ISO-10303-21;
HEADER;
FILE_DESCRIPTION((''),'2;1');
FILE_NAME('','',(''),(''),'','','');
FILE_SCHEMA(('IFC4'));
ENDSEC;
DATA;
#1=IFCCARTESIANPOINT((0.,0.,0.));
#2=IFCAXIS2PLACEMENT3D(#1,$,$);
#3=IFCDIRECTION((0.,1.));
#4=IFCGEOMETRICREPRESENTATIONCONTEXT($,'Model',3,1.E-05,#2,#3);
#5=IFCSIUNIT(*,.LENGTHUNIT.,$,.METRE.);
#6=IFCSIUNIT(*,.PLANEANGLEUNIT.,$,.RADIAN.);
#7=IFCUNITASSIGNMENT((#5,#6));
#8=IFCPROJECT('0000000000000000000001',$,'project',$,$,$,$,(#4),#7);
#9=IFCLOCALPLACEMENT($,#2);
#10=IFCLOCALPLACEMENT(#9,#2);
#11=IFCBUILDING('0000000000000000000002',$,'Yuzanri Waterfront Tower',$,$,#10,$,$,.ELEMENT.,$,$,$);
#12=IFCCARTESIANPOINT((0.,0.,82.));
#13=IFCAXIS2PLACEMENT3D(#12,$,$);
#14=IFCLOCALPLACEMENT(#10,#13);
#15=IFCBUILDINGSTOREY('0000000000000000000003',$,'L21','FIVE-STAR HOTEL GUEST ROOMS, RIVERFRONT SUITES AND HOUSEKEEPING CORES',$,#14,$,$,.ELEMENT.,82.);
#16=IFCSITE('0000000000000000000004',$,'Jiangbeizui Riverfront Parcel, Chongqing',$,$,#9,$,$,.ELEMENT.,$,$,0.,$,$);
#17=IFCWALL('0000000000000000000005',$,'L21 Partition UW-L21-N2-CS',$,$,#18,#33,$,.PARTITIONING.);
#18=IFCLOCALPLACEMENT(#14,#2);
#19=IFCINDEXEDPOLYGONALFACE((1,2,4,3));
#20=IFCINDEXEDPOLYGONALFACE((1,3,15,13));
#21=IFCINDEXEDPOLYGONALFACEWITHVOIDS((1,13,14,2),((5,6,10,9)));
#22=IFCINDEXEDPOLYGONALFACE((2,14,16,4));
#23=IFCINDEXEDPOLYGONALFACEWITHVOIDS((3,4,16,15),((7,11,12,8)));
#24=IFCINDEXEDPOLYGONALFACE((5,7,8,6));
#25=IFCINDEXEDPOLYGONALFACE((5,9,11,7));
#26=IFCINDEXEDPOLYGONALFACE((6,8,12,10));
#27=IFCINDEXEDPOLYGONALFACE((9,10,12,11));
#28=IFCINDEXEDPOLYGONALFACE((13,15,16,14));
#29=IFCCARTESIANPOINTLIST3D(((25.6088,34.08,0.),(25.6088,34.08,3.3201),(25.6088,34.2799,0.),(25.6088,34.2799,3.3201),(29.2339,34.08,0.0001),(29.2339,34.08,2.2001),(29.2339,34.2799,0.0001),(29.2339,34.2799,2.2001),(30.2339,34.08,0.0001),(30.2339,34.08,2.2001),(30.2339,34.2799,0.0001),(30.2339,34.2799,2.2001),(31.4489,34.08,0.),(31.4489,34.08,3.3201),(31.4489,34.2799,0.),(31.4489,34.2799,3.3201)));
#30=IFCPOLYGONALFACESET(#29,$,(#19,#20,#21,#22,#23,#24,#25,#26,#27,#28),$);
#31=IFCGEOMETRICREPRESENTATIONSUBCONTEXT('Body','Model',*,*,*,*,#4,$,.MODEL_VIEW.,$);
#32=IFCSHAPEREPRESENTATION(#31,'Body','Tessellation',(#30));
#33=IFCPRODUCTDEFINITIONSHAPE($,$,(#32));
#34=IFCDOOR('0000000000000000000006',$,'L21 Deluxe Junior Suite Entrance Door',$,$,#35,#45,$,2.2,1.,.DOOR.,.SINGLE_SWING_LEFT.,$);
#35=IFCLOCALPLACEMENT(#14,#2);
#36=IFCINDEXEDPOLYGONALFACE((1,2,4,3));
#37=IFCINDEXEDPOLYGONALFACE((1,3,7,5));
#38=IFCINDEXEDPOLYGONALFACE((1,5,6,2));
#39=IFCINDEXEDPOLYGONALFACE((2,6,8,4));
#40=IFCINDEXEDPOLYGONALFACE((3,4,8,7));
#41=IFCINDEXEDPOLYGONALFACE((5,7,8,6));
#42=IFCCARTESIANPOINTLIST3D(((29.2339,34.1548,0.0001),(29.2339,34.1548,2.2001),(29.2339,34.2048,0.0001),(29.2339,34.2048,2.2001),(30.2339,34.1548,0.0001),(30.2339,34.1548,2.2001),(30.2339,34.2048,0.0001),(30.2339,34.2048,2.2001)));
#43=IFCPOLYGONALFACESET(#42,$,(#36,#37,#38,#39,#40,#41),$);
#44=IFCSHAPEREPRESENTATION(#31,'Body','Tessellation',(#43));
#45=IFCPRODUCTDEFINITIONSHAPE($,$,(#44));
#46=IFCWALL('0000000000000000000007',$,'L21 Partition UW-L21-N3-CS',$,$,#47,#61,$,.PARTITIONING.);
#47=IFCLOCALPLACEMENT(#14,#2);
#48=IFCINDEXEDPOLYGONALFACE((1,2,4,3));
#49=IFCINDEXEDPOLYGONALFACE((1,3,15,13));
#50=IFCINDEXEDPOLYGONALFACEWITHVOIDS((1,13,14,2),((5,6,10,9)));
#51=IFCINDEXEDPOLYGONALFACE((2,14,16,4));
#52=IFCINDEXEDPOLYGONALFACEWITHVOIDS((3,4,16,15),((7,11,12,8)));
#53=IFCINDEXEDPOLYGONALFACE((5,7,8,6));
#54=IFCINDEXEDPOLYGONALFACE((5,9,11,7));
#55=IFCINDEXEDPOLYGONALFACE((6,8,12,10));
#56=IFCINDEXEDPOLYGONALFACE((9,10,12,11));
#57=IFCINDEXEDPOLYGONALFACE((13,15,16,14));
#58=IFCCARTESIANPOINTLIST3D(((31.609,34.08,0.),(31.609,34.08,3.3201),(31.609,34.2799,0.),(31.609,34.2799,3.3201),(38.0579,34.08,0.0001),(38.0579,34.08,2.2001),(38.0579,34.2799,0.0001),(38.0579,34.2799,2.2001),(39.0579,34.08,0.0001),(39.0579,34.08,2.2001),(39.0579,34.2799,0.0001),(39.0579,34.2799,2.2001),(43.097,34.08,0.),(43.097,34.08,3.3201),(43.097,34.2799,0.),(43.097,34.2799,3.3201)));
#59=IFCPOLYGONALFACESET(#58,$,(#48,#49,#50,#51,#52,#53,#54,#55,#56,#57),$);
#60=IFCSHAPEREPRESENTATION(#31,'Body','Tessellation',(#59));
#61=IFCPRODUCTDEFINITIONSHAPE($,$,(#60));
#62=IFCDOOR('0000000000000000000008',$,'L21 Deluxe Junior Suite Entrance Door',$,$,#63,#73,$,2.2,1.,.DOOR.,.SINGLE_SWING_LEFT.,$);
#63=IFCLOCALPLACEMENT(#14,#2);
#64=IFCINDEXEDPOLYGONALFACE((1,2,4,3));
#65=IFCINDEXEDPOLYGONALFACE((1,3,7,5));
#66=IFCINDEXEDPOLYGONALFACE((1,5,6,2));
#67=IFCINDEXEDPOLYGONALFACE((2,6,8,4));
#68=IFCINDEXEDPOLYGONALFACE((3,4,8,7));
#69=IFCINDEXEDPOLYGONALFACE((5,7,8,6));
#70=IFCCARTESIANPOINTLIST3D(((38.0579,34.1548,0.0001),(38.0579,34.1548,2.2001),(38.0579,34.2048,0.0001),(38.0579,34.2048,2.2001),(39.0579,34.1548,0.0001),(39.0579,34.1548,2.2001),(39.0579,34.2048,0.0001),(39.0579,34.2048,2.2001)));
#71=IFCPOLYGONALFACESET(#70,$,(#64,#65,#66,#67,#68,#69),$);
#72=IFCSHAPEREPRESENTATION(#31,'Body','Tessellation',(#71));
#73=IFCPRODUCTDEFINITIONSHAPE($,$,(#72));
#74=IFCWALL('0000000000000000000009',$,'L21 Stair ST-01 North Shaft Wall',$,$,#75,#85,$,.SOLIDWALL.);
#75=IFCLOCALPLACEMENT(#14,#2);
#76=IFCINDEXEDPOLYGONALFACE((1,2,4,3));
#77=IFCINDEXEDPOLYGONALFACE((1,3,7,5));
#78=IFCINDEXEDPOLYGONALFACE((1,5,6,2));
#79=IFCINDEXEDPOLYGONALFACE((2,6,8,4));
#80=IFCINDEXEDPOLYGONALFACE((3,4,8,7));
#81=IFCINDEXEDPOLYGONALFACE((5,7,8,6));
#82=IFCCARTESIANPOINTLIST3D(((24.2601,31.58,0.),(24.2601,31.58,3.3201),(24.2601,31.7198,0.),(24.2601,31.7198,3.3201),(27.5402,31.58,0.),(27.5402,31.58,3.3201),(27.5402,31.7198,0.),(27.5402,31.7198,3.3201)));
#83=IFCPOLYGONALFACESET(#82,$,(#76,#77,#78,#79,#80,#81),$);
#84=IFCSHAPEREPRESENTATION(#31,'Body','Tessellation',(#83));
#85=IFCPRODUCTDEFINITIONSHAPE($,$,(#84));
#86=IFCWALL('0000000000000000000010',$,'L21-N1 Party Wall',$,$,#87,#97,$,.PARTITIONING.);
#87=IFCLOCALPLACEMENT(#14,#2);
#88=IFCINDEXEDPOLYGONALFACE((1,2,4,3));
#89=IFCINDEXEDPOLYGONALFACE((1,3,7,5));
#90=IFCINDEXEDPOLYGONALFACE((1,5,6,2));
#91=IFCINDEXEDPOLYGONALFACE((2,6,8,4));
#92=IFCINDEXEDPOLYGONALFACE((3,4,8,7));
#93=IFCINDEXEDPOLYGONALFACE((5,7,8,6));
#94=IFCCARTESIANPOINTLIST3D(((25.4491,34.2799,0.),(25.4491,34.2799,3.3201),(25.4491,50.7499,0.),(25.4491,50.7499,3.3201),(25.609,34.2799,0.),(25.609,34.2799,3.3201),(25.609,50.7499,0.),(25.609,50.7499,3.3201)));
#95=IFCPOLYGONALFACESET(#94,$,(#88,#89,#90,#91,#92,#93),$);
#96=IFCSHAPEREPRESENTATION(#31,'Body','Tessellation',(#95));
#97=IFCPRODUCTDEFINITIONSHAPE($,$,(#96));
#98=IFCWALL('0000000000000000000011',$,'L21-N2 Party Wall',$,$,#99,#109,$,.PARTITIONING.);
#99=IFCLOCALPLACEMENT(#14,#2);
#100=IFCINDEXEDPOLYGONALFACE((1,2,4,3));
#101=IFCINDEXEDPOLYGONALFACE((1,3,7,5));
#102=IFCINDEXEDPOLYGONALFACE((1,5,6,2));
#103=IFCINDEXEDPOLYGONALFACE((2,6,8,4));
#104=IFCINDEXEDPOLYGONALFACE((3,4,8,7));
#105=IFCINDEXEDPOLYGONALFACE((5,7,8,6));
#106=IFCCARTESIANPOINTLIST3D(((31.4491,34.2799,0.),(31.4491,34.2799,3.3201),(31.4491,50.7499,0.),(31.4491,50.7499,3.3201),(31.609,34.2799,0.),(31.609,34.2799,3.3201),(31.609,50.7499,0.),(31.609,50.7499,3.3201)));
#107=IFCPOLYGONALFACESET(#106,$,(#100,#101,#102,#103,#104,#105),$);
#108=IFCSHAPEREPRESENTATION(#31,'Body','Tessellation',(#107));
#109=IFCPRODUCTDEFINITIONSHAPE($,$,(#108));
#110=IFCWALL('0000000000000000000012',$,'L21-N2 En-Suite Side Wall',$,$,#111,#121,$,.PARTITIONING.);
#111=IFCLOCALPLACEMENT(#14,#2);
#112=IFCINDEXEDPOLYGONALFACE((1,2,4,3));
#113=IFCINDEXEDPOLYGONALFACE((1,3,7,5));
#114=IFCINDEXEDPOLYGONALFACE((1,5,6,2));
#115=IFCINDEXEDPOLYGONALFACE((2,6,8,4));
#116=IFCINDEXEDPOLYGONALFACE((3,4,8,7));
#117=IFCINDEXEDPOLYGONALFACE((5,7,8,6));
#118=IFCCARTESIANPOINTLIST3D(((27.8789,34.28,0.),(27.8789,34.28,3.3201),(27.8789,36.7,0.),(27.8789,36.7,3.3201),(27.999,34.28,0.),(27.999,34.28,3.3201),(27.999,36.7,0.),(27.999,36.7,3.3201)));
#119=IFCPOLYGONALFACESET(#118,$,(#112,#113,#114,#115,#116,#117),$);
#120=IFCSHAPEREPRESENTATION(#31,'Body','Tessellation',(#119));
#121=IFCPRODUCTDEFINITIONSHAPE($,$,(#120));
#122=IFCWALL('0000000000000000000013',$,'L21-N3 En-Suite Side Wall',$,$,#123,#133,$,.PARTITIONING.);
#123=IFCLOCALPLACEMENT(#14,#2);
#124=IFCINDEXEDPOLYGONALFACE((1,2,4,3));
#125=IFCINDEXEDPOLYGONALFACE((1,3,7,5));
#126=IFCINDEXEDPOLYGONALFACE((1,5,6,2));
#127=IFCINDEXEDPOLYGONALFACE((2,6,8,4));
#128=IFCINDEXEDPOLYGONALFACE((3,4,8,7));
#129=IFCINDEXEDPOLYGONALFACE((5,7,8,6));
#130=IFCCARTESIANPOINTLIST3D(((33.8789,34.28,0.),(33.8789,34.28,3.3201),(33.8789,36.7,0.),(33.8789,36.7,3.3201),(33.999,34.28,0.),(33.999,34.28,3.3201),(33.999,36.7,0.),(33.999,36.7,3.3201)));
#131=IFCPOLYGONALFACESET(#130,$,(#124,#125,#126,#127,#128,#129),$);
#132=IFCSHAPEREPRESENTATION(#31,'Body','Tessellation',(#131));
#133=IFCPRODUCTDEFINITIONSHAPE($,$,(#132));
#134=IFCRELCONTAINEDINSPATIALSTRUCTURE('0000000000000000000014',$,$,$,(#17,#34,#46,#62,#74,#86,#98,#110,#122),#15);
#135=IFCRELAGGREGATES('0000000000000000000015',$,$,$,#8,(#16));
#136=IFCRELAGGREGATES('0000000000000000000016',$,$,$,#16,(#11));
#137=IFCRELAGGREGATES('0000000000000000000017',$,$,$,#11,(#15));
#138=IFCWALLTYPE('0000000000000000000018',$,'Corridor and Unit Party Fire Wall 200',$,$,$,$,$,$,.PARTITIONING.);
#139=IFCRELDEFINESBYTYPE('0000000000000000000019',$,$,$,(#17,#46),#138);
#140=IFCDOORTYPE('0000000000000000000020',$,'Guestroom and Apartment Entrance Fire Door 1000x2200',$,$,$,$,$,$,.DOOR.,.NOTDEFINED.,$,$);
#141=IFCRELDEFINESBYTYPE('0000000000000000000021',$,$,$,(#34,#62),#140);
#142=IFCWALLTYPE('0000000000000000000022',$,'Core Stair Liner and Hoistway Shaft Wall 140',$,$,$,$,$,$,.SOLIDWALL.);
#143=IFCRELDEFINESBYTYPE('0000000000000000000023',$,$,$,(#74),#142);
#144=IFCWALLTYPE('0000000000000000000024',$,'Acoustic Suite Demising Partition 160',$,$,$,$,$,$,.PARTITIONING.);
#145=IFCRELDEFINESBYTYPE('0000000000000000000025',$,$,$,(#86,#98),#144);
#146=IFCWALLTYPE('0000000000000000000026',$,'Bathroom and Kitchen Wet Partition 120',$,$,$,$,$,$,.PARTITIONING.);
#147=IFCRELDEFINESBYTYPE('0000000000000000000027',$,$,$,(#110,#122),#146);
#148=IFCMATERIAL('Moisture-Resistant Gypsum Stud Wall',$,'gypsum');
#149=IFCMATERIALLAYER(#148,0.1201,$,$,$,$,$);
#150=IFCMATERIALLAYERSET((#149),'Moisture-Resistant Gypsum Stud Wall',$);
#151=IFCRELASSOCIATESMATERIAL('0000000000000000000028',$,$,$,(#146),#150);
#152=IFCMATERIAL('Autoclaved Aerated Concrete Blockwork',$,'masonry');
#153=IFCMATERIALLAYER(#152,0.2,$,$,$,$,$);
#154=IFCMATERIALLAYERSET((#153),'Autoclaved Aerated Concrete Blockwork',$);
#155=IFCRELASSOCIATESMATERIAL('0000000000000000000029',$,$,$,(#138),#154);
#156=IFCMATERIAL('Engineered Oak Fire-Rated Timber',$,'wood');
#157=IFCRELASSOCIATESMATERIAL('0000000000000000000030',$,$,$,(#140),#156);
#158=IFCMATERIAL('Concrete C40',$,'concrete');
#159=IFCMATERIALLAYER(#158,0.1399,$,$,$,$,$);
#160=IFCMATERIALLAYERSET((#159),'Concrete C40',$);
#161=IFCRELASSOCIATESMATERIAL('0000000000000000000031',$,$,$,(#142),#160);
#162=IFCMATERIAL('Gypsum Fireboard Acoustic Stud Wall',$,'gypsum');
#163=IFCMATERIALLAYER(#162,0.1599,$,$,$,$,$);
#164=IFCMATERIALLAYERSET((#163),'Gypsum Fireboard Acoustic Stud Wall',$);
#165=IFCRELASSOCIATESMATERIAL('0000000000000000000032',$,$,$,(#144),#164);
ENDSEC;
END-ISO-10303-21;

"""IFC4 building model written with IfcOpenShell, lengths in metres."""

from ifc_helpers import new_model, si_unit, direction, frame, frame_2d, origin, place, context, subcontext, project, spatial, rectangle, extrude, source, transform, mapped, material, layer, layer_set, type_object, element, fill, save


model = new_model("IFC4")

# Units and contexts
model_context = context("Model", 3, precision=1e-05, world=origin(), true_north=direction((0.0, 1.0)))
body_context = subcontext(model_context, "Body", "Model", "MODEL_VIEW")
ifc_project = project(units=[si_unit("LENGTHUNIT", "METRE"), si_unit("PLANEANGLEUNIT", "RADIAN")], contexts=[model_context])

# Site, building, storey
site_placement = place(None, origin())
site = spatial("IfcSite", under=ifc_project, at=site_placement, Name="Jiangbeizui Riverfront Parcel, Chongqing", CompositionType="ELEMENT", RefElevation=0.0)
building_placement = place(site_placement, origin())
building = spatial("IfcBuilding", under=site, at=building_placement, Name="Yuzanri Waterfront Tower", CompositionType="ELEMENT")
storey_placement = place(building_placement, frame((0.0, 0.0, 82.0)))
storey = spatial("IfcBuildingStorey", under=building, at=storey_placement, Name="L21", Description="FIVE-STAR HOTEL GUEST ROOMS, RIVERFRONT SUITES AND HOUSEKEEPING CORES", CompositionType="ELEMENT", Elevation=82.0)

# Shared definitions
ifc_material_1 = material(Name="Moisture-Resistant Gypsum Stud Wall", Category="gypsum")
ifc_layer_1 = layer(ifc_material_1, 0.1201)
ifc_layer_set_1 = layer_set([ifc_layer_1], Name="Moisture-Resistant Gypsum Stud Wall")
wall_type_1 = type_object("IfcWallType", Name="Bathroom and Kitchen Wet Partition 120", PredefinedType="PARTITIONING", material=ifc_layer_set_1)

# Walls, openings, doors
ifc_material_2 = material(Name="Autoclaved Aerated Concrete Blockwork", Category="masonry")
ifc_layer_2 = layer(ifc_material_2, 0.2)
ifc_layer_set_2 = layer_set([ifc_layer_2], Name="Autoclaved Aerated Concrete Blockwork")
wall_type_2 = type_object("IfcWallType", Name="Corridor and Unit Party Fire Wall 200", PredefinedType="PARTITIONING", material=ifc_layer_set_2)
wall_1_placement = place(storey_placement, frame((25.6089, 34.1799, 0.0), z_axis=(0.0, 0.0, 1.0), x_axis=(1.0, 0.0, 0.0)))
wall_1 = element("IfcWall", 1, at=wall_1_placement, inside=storey, type_object=wall_type_2, Name="L21 Partition UW-L21-N2-CS", PredefinedType="PARTITIONING", context=body_context, shape_type="SweptSolid", body=[
    extrude(rectangle(XDim=5.8401, YDim=0.2, at=frame_2d((2.9199, 0.0))), origin(), (0.0, 0.0, 1.0), 3.3201),
])
opening_1_placement = place(wall_1_placement, frame((3.625, 0.0, 0.0)))
opening_1 = element("IfcOpeningElement", 2, at=opening_1_placement, cuts=wall_1, PredefinedType="OPENING", context=body_context, shape_type="SweptSolid", body=[
    extrude(rectangle(XDim=1.0, YDim=2.2, at=frame_2d((0.5, 1.1001))), frame((0.0, 0.1147, 0.0), z_axis=(0.0, -1.0, 0.0), x_axis=(1.0, 0.0, 0.0)), (0.0, 0.0, 1.0), 0.2297),
])
ifc_material_3 = material(Name="Engineered Oak Fire-Rated Timber", Category="wood")
door_type_1 = type_object("IfcDoorType", Name="Guestroom and Apartment Entrance Fire Door 1000x2200", OperationType="NOTDEFINED", PredefinedType="DOOR", material=ifc_material_3)
shared_shape_1 = source(origin(), body_context, "Body", "SweptSolid", [
    extrude(rectangle(XDim=1.0, YDim=2.2, at=frame_2d((0.5, 1.1001))), frame((0.0, 0.0249, 0.0), z_axis=(0.0, -1.0, 0.0), x_axis=(1.0, 0.0, 0.0)), (0.0, 0.0, 1.0), 0.05),
])
door_1_placement = place(opening_1_placement, origin())
door_1 = element("IfcDoor", 3, at=door_1_placement, inside=storey, type_object=door_type_1, Name="L21 Deluxe Junior Suite Entrance Door", OperationType="SINGLE_SWING_LEFT", OverallHeight=2.2, OverallWidth=1.0, PredefinedType="DOOR", context=body_context, shape_type="MappedRepresentation", body=[
    mapped(shared_shape_1, transform((0.0, 0.0, 0.0), scale=1.0)),
])
fill(opening_1, door_1)
wall_2_placement = place(storey_placement, frame((31.6089, 34.1799, 0.0), z_axis=(0.0, 0.0, 1.0), x_axis=(1.0, 0.0, 0.0)))
wall_2 = element("IfcWall", 4, at=wall_2_placement, inside=storey, type_object=wall_type_2, Name="L21 Partition UW-L21-N3-CS", PredefinedType="PARTITIONING", context=body_context, shape_type="SweptSolid", body=[
    extrude(rectangle(XDim=11.488, YDim=0.2, at=frame_2d((5.7441, 0.0))), origin(), (0.0, 0.0, 1.0), 3.3201),
])
opening_2_placement = place(wall_2_placement, frame((6.449, 0.0, 0.0)))
opening_2 = element("IfcOpeningElement", 5, at=opening_2_placement, cuts=wall_2, PredefinedType="OPENING", context=body_context, shape_type="SweptSolid", body=[
    extrude(rectangle(XDim=1.0, YDim=2.2, at=frame_2d((0.5, 1.1001))), frame((0.0, 0.1147, 0.0), z_axis=(0.0, -1.0, 0.0), x_axis=(1.0, 0.0, 0.0)), (0.0, 0.0, 1.0), 0.2297),
])
door_2_placement = place(opening_2_placement, origin())
door_2 = element("IfcDoor", 6, at=door_2_placement, inside=storey, type_object=door_type_1, Name="L21 Deluxe Junior Suite Entrance Door", OperationType="SINGLE_SWING_LEFT", OverallHeight=2.2, OverallWidth=1.0, PredefinedType="DOOR", context=body_context, shape_type="MappedRepresentation", body=[
    mapped(shared_shape_1, transform((0.0, 0.0, 0.0), scale=1.0)),
])
fill(opening_2, door_2)

# Walls
ifc_material_4 = material(Name="Concrete C40", Category="concrete")
ifc_layer_3 = layer(ifc_material_4, 0.1399)
ifc_layer_set_3 = layer_set([ifc_layer_3], Name="Concrete C40")
wall_type_3 = type_object("IfcWallType", Name="Core Stair Liner and Hoistway Shaft Wall 140", PredefinedType="SOLIDWALL", material=ifc_layer_set_3)
shared_shape_2 = source(origin(), body_context, "Body", "SweptSolid", [
    extrude(rectangle(XDim=3.28, YDim=0.1399, at=frame_2d((1.6401, 0.0))), origin(), (0.0, 0.0, 1.0), 3.3201),
])
wall_3_placement = place(storey_placement, frame((24.26, 31.6499, 0.0), z_axis=(0.0, 0.0, 1.0), x_axis=(1.0, 0.0, 0.0)))
element("IfcWall", 7, at=wall_3_placement, inside=storey, type_object=wall_type_3, Name="L21 Stair ST-01 North Shaft Wall", PredefinedType="SOLIDWALL", context=body_context, shape_type="MappedRepresentation", body=[
    mapped(shared_shape_2, transform((0.0, 0.0, 0.0), scale=1.0)),
])
ifc_material_5 = material(Name="Gypsum Fireboard Acoustic Stud Wall", Category="gypsum")
ifc_layer_4 = layer(ifc_material_5, 0.1599)
ifc_layer_set_4 = layer_set([ifc_layer_4], Name="Gypsum Fireboard Acoustic Stud Wall")
wall_type_4 = type_object("IfcWallType", Name="Acoustic Suite Demising Partition 160", PredefinedType="PARTITIONING", material=ifc_layer_set_4)
shared_shape_3 = source(origin(), body_context, "Body", "SweptSolid", [
    extrude(rectangle(XDim=16.47, YDim=0.1599, at=frame_2d((8.2349, 0.0))), origin(), (0.0, 0.0, 1.0), 3.3201),
])
for number, where, z_axis, x_axis, name in (
    (8, (25.5291, 34.28, 0.0), (0.0, 0.0, 1.0), (0.0, 1.0, 0.0), "L21-N1 Party Wall"),
    (9, (31.5291, 34.28, 0.0), (0.0, 0.0, 1.0), (0.0, 1.0, 0.0), "L21-N2 Party Wall"),
):
    element("IfcWall", number, at=place(storey_placement, frame(where, z_axis=z_axis, x_axis=x_axis)), inside=storey, type_object=wall_type_4, Name=name, PredefinedType="PARTITIONING", context=body_context, shape_type="MappedRepresentation", body=[
        mapped(shared_shape_3, transform((0.0, 0.0, 0.0), scale=1.0)),
    ])
shared_shape_4 = source(origin(), body_context, "Body", "SweptSolid", [
    extrude(rectangle(XDim=2.4199, YDim=0.1201, at=frame_2d((1.21, 0.0))), origin(), (0.0, 0.0, 1.0), 3.3201),
])
for number, where, z_axis, x_axis, name in (
    (10, (27.939, 34.28, 0.0), (0.0, 0.0, 1.0), (0.0, 1.0, 0.0), "L21-N2 En-Suite Side Wall"),
    (11, (33.939, 34.28, 0.0), (0.0, 0.0, 1.0), (0.0, 1.0, 0.0), "L21-N3 En-Suite Side Wall"),
):
    element("IfcWall", number, at=place(storey_placement, frame(where, z_axis=z_axis, x_axis=x_axis)), inside=storey, type_object=wall_type_1, Name=name, PredefinedType="PARTITIONING", context=body_context, shape_type="MappedRepresentation", body=[
        mapped(shared_shape_4, transform((0.0, 0.0, 0.0), scale=1.0)),
    ])

save(model, "model.ifc")
